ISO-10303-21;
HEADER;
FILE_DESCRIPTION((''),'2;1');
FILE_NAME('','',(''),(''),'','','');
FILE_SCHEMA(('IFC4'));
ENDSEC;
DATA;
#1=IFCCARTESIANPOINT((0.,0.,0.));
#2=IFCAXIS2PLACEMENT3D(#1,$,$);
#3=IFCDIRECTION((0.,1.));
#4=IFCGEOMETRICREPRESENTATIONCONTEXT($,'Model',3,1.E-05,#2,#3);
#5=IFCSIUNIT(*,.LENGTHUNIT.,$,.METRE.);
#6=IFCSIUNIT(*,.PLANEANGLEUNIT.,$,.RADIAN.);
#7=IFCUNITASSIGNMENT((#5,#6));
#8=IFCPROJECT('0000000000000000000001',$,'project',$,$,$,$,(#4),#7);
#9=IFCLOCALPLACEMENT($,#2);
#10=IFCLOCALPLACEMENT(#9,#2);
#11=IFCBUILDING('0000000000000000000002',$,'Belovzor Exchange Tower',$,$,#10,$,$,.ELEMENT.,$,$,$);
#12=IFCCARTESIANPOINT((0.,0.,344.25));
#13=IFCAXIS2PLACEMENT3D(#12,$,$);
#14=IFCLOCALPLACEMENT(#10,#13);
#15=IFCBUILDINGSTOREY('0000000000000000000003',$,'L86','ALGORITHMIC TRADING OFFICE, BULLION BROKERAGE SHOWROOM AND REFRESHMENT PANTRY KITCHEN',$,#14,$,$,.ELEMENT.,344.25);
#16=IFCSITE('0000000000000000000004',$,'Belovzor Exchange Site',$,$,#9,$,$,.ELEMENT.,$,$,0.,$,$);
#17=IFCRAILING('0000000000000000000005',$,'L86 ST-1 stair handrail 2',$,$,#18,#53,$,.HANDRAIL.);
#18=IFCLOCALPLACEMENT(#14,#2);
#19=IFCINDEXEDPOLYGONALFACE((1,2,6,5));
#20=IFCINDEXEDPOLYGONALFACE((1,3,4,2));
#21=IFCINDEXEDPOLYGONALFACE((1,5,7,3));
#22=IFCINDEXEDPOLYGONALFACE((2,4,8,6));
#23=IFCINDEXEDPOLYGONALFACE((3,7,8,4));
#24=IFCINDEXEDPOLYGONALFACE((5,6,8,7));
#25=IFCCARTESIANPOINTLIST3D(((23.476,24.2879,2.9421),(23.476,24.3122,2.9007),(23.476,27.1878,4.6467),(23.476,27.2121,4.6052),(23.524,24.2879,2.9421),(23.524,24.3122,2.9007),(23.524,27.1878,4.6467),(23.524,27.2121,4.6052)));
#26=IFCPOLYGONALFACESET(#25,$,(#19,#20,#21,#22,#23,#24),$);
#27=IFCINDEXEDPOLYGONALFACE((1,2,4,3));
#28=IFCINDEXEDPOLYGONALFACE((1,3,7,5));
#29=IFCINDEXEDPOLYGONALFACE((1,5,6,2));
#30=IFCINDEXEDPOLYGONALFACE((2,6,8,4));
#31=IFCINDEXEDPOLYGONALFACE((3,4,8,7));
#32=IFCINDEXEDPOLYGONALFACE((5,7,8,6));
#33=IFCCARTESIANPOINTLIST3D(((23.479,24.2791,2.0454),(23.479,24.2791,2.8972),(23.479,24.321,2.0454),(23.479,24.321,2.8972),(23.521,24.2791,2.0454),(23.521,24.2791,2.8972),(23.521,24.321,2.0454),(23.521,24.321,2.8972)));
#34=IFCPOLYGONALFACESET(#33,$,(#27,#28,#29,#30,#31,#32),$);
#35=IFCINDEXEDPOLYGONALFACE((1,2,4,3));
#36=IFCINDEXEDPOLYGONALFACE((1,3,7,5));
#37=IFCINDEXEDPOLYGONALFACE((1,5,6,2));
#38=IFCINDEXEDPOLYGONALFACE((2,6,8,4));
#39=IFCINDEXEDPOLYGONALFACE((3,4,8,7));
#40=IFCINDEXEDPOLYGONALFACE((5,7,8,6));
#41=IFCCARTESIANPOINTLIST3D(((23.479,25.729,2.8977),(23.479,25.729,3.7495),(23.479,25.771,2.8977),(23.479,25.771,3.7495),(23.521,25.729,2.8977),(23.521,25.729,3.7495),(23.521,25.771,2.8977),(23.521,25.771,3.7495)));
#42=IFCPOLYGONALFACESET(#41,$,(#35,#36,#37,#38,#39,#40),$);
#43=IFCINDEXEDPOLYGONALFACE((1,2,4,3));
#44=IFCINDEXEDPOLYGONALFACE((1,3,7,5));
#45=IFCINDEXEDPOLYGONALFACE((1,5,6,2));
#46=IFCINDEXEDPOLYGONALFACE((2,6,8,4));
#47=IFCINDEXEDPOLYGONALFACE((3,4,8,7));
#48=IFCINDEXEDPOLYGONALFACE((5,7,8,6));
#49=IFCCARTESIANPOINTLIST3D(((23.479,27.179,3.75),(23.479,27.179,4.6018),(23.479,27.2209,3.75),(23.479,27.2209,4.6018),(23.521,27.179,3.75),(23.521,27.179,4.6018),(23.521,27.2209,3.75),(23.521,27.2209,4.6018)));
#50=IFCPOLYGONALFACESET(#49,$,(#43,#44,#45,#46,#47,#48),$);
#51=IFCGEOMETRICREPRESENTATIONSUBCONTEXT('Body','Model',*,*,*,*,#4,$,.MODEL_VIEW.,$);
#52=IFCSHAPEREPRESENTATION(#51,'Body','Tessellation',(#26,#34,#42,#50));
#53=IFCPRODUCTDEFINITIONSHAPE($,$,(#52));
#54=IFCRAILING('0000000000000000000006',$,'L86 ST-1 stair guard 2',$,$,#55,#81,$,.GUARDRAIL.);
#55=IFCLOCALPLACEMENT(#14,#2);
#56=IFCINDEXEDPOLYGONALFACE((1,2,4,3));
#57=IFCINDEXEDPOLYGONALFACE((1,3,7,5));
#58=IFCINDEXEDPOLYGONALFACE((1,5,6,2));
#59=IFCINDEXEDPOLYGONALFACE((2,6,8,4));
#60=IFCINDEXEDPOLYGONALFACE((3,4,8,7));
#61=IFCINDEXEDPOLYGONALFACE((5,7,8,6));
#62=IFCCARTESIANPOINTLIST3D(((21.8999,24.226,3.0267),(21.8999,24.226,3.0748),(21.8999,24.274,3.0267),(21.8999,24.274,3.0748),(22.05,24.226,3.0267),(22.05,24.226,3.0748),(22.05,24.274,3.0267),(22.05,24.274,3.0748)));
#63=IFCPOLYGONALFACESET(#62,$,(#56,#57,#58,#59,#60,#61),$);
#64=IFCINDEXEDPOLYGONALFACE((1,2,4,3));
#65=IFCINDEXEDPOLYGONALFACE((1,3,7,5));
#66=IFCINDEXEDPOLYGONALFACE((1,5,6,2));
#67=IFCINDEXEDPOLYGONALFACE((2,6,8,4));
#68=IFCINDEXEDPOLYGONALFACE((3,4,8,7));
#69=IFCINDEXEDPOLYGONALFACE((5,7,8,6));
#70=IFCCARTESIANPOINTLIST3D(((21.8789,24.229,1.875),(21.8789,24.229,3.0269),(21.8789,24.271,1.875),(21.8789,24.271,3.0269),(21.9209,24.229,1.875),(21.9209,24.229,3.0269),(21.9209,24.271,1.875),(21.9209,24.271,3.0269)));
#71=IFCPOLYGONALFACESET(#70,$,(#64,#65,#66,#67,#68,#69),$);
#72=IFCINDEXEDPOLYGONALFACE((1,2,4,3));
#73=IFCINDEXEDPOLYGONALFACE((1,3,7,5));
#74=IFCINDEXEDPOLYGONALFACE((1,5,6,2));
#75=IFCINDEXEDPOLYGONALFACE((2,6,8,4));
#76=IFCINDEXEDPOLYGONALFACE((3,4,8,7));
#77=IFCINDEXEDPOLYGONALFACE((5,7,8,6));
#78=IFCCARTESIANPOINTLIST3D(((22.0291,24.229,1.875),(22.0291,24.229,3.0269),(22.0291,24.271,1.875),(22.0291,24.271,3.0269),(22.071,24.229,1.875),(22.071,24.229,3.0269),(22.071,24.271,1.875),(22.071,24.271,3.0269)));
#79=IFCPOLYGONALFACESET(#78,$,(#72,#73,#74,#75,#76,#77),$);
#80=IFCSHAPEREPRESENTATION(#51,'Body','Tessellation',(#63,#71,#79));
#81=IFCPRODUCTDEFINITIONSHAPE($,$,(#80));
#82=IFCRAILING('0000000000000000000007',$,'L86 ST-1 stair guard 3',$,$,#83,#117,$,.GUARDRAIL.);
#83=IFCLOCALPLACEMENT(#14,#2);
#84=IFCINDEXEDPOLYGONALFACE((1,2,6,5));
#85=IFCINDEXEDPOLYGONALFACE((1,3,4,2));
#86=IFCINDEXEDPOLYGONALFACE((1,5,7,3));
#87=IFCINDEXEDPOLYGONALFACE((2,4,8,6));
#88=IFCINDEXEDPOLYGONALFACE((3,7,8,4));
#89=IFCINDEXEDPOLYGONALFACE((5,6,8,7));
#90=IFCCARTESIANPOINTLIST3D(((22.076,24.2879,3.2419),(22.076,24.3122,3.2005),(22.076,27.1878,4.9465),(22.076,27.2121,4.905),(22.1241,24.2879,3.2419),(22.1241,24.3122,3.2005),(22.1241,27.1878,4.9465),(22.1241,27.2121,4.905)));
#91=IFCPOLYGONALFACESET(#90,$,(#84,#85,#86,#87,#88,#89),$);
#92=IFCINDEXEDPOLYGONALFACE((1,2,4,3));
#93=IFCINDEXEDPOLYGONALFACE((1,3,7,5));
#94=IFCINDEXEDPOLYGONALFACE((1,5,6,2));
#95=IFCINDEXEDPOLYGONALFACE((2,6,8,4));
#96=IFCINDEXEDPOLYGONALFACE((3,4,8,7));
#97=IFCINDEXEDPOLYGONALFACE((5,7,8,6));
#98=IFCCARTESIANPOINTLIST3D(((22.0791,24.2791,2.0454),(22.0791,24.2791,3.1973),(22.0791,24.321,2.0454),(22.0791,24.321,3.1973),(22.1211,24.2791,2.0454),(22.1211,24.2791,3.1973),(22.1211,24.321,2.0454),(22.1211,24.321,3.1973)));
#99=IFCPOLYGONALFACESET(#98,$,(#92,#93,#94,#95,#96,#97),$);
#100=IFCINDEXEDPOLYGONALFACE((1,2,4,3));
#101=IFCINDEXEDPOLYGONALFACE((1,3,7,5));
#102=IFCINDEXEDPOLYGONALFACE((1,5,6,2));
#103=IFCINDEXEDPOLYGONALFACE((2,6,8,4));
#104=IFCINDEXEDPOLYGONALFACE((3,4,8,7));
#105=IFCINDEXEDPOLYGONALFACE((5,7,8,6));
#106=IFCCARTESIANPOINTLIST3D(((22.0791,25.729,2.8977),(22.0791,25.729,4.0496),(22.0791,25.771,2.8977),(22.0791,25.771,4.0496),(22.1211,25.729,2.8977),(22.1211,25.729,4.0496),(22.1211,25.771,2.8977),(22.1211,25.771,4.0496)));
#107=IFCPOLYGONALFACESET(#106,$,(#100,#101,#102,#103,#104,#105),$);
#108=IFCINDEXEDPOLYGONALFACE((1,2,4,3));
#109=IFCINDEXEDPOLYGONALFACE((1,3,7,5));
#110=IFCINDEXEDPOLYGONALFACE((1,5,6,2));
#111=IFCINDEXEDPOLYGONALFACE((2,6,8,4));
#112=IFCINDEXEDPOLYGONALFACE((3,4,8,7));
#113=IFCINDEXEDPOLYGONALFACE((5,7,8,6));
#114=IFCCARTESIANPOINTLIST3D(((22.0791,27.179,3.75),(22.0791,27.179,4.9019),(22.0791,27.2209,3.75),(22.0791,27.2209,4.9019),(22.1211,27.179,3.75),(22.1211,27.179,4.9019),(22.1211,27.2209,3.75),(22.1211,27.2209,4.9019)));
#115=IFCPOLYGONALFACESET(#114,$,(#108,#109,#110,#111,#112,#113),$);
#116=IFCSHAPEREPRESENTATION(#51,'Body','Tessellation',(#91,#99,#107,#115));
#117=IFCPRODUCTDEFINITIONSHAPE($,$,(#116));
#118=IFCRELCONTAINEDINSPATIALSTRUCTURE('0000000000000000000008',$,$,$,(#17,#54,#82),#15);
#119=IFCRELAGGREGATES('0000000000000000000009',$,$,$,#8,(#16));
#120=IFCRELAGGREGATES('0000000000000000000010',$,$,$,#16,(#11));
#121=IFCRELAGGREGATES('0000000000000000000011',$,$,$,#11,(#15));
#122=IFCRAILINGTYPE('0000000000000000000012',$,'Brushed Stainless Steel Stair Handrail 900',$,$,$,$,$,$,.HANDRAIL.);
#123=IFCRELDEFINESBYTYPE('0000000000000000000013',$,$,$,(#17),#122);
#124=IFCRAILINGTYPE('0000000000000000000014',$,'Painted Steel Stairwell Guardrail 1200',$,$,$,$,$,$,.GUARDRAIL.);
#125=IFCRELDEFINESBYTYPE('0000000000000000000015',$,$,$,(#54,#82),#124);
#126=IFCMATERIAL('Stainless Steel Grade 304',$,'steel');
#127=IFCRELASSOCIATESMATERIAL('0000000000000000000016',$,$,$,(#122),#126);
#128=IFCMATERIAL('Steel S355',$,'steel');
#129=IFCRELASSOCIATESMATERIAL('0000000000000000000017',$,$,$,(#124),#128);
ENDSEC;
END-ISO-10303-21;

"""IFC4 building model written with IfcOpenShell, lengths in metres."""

from ifc_helpers import new_model, si_unit, direction, frame, origin, origin_2d, place, context, subcontext, project, spatial, rectangle, extrude, material, type_object, element, save


model = new_model("IFC4")

# Units and contexts
model_context = context("Model", 3, precision=1e-05, world=origin(), true_north=direction((0.0, 1.0)))
body_context = subcontext(model_context, "Body", "Model", "MODEL_VIEW")
ifc_project = project(units=[si_unit("LENGTHUNIT", "METRE"), si_unit("PLANEANGLEUNIT", "RADIAN")], contexts=[model_context])

# Site, building, storey
site_placement = place(None, origin())
site = spatial("IfcSite", under=ifc_project, at=site_placement, Name="Belovzor Exchange Site", CompositionType="ELEMENT", RefElevation=0.0)
building_placement = place(site_placement, origin())
building = spatial("IfcBuilding", under=site, at=building_placement, Name="Belovzor Exchange Tower", CompositionType="ELEMENT")
storey_placement = place(building_placement, frame((0.0, 0.0, 344.25)))
storey = spatial("IfcBuildingStorey", under=building, at=storey_placement, Name="L86", Description="ALGORITHMIC TRADING OFFICE, BULLION BROKERAGE SHOWROOM AND REFRESHMENT PANTRY KITCHEN", CompositionType="ELEMENT", Elevation=344.25)

# Railings
ifc_material_1 = material(Name="Stainless Steel Grade 304", Category="steel")
railing_type_1 = type_object("IfcRailingType", Name="Brushed Stainless Steel Stair Handrail 900", PredefinedType="HANDRAIL", material=ifc_material_1)
railing_1_placement = place(storey_placement, frame((23.5, 24.3, 2.0454)))
element("IfcRailing", 1, at=railing_1_placement, inside=storey, type_object=railing_type_1, Name="L86 ST-1 stair handrail 2", PredefinedType="HANDRAIL", context=body_context, shape_type="SweptSolid", body=[
    extrude(rectangle(XDim=0.0481, YDim=0.0481, at=origin_2d()), frame((0.0, 0.0, 0.876), z_axis=(0.0, 0.862095, 0.506747), x_axis=(-1.0, 0.0, 0.0)), (0.0, 0.0, 1.0), 3.3638),
    extrude(rectangle(XDim=0.042, YDim=0.042, at=origin_2d()), origin(), (0.0, 0.0, 1.0), 0.8518),
    extrude(rectangle(XDim=0.042, YDim=0.042, at=origin_2d()), frame((0.0, 1.45, 0.8523)), (0.0, 0.0, 1.0), 0.8518),
    extrude(rectangle(XDim=0.042, YDim=0.042, at=origin_2d()), frame((0.0, 2.8999, 1.7046)), (0.0, 0.0, 1.0), 0.8518),
])
ifc_material_2 = material(Name="Steel S355", Category="steel")
railing_type_2 = type_object("IfcRailingType", Name="Painted Steel Stairwell Guardrail 1200", PredefinedType="GUARDRAIL", material=ifc_material_2)
railing_2_placement = place(storey_placement, frame((21.8999, 24.25, 1.875)))
element("IfcRailing", 2, at=railing_2_placement, inside=storey, type_object=railing_type_2, Name="L86 ST-1 stair guard 2", PredefinedType="GUARDRAIL", context=body_context, shape_type="SweptSolid", body=[
    extrude(rectangle(XDim=0.0481, YDim=0.0481, at=origin_2d()), frame((0.0, 0.0, 1.1758), z_axis=(1.0, 0.0, 0.0), x_axis=(0.0, 1.0, 0.0)), (0.0, 0.0, 1.0), 0.1501),
    extrude(rectangle(XDim=0.042, YDim=0.042, at=origin_2d()), origin(), (0.0, 0.0, 1.0), 1.1519),
    extrude(rectangle(XDim=0.042, YDim=0.042, at=origin_2d()), frame((0.1501, 0.0, 0.0)), (0.0, 0.0, 1.0), 1.1519),
])
railing_3_placement = place(storey_placement, frame((22.1001, 24.3, 2.0454)))
element("IfcRailing", 3, at=railing_3_placement, inside=storey, type_object=railing_type_2, Name="L86 ST-1 stair guard 3", PredefinedType="GUARDRAIL", context=body_context, shape_type="SweptSolid", body=[
    extrude(rectangle(XDim=0.0481, YDim=0.0481, at=origin_2d()), frame((0.0, 0.0, 1.1758), z_axis=(0.0, 0.862095, 0.506747), x_axis=(-1.0, 0.0, 0.0)), (0.0, 0.0, 1.0), 3.3638),
    extrude(rectangle(XDim=0.042, YDim=0.042, at=origin_2d()), origin(), (0.0, 0.0, 1.0), 1.1519),
    extrude(rectangle(XDim=0.042, YDim=0.042, at=origin_2d()), frame((0.0, 1.45, 0.8523)), (0.0, 0.0, 1.0), 1.1519),
    extrude(rectangle(XDim=0.042, YDim=0.042, at=origin_2d()), frame((0.0, 2.8999, 1.7046)), (0.0, 0.0, 1.0), 1.1519),
])

save(model, "model.ifc")
